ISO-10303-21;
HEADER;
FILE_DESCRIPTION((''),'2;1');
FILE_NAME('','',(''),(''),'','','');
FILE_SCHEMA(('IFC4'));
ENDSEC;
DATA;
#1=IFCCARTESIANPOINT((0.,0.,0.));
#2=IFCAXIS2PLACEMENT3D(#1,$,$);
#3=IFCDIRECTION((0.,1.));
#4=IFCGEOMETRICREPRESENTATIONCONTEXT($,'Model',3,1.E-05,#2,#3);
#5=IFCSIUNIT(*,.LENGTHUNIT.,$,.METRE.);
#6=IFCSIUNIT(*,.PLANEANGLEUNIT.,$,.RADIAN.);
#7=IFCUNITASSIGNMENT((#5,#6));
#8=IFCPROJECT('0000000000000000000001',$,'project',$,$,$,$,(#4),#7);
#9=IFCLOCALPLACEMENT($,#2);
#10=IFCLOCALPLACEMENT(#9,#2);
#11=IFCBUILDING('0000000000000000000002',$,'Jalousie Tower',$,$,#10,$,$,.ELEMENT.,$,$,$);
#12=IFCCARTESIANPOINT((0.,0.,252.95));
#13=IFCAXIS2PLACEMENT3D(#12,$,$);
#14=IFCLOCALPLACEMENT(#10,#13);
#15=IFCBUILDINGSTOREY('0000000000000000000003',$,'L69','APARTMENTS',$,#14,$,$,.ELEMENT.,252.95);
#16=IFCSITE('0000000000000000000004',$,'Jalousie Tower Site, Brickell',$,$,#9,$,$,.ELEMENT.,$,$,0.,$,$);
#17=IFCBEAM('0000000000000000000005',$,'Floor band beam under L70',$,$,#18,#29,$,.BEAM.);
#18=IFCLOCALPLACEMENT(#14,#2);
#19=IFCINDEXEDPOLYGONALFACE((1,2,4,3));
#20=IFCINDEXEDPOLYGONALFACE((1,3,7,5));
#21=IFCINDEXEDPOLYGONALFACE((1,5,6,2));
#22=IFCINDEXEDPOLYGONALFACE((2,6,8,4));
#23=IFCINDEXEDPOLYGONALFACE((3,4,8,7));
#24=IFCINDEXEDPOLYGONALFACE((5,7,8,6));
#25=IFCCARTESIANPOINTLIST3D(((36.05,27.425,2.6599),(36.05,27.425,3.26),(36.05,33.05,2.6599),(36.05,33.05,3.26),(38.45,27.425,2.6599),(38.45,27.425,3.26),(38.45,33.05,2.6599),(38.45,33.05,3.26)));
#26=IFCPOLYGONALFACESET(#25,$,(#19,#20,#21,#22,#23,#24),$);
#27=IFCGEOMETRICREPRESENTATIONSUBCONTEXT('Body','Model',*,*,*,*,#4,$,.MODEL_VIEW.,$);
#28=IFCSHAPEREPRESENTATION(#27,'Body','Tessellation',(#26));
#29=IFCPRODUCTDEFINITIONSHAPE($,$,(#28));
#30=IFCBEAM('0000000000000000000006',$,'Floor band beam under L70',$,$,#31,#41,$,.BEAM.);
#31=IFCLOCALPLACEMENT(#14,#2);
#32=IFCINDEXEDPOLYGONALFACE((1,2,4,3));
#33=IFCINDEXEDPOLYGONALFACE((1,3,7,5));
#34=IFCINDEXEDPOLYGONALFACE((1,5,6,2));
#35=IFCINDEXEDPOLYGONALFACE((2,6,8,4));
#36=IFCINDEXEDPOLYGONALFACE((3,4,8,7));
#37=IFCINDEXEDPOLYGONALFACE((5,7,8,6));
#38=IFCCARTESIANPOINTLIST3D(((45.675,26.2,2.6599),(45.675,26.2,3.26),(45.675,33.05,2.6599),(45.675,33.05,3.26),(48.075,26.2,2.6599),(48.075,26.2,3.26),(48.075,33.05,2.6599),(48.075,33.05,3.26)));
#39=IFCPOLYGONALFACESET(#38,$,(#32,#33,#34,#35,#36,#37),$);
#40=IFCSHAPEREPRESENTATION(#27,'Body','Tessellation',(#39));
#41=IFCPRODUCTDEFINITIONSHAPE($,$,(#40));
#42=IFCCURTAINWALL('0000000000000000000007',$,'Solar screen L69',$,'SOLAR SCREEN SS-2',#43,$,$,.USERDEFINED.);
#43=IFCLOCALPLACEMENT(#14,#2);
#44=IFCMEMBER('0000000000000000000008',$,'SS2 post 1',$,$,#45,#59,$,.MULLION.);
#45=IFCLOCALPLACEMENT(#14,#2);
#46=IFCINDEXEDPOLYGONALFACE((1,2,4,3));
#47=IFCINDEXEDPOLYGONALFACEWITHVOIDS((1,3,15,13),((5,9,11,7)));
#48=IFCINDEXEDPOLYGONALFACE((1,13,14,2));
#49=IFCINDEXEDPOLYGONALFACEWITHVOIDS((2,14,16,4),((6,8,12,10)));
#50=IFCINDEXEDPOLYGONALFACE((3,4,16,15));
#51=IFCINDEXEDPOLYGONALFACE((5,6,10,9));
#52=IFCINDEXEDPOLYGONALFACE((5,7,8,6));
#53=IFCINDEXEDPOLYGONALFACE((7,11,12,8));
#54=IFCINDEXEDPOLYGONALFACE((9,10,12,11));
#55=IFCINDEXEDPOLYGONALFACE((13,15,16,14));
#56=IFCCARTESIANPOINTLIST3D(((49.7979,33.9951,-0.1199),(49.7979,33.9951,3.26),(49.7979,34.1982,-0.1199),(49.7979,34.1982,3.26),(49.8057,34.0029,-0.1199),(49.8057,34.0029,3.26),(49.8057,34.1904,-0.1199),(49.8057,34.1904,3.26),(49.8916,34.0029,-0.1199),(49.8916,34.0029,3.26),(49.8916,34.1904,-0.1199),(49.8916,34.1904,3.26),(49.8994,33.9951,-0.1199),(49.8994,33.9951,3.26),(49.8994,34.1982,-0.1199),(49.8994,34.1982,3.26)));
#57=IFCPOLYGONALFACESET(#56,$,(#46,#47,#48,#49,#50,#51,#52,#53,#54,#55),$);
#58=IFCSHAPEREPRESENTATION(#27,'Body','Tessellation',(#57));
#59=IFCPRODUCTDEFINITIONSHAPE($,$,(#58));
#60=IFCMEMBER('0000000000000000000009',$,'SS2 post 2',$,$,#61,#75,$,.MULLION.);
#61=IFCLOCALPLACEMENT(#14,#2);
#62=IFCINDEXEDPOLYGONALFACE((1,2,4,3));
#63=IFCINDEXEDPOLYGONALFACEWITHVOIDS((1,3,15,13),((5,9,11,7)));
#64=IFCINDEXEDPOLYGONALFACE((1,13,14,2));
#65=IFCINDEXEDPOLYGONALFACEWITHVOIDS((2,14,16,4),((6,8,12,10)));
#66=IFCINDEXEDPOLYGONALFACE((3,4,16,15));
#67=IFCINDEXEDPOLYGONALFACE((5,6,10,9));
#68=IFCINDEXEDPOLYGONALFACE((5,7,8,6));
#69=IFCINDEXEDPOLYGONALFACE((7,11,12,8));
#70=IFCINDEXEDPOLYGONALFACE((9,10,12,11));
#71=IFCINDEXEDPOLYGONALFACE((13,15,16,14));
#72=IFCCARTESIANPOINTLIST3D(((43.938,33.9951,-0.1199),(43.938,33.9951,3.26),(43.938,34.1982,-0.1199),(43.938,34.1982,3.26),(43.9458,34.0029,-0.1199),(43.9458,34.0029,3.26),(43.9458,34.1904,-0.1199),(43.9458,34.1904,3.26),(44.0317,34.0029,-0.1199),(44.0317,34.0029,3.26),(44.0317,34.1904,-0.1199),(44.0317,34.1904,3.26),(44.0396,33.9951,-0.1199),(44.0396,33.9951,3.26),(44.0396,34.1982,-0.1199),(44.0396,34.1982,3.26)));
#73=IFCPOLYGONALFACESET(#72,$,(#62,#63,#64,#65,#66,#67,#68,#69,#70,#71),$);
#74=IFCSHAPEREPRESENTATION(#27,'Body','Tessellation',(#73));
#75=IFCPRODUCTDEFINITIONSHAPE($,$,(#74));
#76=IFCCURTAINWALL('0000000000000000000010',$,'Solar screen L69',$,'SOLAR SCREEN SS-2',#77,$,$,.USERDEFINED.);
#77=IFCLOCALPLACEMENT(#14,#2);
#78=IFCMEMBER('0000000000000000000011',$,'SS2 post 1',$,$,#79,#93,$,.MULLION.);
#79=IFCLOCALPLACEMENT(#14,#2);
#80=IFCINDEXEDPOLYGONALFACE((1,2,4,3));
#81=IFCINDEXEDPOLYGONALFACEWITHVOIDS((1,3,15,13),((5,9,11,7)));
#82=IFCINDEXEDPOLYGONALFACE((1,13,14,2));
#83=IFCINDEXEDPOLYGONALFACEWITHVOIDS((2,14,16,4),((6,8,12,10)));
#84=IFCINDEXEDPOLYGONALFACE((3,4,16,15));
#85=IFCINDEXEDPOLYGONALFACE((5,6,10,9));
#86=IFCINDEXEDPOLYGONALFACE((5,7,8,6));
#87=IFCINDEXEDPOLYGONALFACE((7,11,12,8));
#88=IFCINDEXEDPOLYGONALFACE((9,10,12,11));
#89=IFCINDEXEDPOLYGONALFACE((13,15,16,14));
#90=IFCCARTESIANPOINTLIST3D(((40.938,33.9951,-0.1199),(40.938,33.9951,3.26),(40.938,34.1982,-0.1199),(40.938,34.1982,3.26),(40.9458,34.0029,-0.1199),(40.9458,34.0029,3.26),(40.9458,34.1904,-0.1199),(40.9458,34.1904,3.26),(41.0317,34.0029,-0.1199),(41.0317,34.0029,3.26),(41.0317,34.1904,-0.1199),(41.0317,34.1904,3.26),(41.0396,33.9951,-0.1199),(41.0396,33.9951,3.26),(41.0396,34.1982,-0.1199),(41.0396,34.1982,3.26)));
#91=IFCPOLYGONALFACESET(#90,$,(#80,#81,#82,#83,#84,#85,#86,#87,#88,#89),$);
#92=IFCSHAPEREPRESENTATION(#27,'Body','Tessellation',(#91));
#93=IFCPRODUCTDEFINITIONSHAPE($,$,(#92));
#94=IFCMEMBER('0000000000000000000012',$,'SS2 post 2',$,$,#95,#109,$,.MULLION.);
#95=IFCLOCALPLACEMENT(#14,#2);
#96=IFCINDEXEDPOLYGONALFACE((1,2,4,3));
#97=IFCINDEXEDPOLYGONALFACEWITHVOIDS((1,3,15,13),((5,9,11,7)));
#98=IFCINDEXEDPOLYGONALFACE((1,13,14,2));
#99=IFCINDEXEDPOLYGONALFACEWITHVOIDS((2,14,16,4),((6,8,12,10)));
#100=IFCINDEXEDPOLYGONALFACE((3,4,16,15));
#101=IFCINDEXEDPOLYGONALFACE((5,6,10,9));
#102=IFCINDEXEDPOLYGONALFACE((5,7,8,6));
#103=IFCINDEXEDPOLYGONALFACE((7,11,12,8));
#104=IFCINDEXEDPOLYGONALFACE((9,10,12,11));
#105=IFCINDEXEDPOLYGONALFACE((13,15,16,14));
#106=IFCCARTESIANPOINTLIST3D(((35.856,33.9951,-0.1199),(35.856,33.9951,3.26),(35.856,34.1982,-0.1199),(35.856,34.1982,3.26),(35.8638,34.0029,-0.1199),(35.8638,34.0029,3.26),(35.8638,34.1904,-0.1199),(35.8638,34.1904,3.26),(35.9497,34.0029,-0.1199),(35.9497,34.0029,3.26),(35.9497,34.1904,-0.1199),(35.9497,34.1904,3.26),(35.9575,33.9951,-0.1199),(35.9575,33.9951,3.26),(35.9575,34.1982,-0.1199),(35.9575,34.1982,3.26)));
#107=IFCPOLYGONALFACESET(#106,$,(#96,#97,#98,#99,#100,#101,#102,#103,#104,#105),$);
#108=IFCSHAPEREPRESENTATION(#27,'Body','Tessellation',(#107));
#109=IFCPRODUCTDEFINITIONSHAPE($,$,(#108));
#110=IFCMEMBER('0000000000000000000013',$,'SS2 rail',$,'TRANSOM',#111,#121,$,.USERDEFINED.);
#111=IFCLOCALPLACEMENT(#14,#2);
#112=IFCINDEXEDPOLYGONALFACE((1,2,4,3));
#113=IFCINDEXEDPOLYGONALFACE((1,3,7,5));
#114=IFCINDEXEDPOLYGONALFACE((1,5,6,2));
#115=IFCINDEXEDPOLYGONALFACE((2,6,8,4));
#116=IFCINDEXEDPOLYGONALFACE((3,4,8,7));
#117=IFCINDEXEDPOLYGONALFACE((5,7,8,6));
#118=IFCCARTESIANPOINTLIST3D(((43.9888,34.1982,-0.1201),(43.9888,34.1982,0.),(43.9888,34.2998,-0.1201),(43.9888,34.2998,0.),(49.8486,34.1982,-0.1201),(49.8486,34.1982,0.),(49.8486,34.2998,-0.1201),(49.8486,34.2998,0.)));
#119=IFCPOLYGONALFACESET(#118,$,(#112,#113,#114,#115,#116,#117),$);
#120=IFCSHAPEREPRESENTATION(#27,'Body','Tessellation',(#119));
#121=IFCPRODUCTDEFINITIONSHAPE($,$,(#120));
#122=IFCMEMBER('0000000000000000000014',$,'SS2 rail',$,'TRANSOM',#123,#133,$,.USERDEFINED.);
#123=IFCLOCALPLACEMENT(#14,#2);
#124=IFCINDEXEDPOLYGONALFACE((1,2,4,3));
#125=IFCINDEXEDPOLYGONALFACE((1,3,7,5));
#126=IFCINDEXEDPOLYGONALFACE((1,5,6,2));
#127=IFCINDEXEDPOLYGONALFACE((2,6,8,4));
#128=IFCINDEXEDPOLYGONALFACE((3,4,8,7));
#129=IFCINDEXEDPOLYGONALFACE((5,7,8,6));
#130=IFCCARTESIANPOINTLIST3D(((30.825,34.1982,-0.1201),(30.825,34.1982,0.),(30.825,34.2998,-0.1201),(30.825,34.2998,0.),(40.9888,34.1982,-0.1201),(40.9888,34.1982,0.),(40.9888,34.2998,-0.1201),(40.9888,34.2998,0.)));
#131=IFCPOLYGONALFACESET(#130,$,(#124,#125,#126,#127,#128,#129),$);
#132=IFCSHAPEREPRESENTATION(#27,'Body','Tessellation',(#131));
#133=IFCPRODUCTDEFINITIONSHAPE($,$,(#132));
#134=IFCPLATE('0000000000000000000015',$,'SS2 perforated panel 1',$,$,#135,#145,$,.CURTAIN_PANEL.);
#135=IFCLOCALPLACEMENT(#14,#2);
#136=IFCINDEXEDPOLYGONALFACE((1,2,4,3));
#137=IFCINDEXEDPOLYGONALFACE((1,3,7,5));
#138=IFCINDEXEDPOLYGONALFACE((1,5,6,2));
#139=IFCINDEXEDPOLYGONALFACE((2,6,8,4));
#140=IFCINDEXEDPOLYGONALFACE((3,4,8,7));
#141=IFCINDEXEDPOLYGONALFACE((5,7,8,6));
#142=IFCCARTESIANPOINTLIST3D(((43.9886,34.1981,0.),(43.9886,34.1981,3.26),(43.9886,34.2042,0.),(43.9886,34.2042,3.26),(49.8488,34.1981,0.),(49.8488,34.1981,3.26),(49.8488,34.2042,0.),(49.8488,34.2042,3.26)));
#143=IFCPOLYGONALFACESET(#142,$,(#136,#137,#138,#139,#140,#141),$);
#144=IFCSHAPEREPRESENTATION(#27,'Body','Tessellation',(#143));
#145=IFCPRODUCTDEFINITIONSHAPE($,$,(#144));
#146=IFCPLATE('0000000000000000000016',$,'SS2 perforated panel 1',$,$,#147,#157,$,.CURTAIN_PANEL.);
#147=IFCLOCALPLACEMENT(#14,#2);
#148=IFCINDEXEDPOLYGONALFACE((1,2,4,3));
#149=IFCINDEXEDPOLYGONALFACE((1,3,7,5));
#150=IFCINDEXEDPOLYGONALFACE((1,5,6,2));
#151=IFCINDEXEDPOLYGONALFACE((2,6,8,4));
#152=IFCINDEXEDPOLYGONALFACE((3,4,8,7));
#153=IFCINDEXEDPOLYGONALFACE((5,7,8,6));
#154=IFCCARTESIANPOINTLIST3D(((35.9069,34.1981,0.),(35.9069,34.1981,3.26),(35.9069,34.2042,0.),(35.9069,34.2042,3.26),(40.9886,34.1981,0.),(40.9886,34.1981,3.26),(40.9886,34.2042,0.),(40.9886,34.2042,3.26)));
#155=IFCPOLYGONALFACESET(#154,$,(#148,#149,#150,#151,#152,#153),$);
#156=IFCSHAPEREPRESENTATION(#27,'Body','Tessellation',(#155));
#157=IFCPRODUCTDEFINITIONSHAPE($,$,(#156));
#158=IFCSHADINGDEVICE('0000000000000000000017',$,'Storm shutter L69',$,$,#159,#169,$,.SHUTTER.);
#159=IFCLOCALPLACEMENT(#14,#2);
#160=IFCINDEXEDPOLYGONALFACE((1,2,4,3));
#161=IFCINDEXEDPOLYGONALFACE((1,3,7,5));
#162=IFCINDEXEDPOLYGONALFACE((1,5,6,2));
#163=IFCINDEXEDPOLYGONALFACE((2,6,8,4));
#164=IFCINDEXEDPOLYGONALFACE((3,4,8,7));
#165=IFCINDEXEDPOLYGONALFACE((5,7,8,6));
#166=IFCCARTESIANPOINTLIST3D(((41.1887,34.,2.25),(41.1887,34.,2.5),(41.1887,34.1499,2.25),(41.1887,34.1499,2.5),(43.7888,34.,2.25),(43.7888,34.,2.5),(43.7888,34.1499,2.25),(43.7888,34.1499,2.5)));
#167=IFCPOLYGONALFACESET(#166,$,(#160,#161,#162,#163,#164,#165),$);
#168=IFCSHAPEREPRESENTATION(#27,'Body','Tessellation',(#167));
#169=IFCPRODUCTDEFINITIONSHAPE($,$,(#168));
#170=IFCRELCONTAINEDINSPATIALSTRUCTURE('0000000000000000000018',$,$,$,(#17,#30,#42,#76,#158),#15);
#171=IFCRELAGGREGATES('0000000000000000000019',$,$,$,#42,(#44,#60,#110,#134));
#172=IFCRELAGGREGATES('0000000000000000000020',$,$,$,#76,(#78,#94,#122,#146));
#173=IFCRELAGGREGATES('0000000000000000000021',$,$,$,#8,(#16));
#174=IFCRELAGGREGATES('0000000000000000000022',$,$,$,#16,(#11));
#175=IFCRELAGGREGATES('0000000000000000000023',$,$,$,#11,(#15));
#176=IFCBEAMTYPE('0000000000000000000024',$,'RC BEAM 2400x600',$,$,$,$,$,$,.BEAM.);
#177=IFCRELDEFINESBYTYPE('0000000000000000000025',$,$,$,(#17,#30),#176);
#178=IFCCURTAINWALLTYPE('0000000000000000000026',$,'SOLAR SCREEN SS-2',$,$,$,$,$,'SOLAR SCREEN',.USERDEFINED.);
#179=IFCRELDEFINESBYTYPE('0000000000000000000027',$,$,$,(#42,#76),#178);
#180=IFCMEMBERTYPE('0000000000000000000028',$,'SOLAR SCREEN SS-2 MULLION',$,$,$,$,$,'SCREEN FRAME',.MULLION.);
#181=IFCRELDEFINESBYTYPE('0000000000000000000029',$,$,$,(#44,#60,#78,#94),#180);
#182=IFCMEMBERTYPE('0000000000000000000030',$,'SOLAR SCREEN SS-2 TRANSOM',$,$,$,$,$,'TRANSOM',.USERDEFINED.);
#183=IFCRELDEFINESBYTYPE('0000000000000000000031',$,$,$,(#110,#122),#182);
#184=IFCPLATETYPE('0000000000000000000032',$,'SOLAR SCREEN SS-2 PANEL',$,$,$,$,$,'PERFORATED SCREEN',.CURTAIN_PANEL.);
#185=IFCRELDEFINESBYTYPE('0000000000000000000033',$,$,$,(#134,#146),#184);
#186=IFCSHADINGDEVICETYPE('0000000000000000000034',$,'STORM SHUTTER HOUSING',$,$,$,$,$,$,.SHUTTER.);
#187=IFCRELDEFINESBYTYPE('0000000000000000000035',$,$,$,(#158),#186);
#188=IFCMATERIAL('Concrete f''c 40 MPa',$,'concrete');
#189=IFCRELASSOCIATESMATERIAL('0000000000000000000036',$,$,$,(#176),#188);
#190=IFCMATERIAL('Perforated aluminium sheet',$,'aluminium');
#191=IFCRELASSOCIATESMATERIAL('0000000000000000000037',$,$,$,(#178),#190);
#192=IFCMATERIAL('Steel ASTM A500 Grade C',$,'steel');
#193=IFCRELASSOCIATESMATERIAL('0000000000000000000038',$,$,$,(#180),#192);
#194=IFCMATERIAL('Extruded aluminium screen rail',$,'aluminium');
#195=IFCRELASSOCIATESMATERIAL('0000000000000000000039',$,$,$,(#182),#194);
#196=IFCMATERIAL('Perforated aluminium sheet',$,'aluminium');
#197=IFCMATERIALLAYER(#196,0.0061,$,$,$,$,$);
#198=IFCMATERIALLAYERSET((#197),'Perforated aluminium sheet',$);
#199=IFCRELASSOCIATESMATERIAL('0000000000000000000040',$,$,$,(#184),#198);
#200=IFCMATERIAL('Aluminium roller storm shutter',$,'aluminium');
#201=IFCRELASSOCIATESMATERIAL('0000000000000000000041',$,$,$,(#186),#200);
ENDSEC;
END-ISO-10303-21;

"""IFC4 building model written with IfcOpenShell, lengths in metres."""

from ifc_helpers import new_model, si_unit, direction, frame, origin, origin_2d, place, context, subcontext, project, spatial, rectangle, hollow_rectangle, extrude, material, layer, layer_set, material_profile, profile_set, type_object, element, aggregate, save


model = new_model("IFC4")

# Units and contexts
model_context = context("Model", 3, precision=1e-05, world=origin(), true_north=direction((0.0, 1.0)))
body_context = subcontext(model_context, "Body", "Model", "MODEL_VIEW")
ifc_project = project(units=[si_unit("LENGTHUNIT", "METRE"), si_unit("PLANEANGLEUNIT", "RADIAN")], contexts=[model_context])

# Site, building, storey
site_placement = place(None, origin())
site = spatial("IfcSite", under=ifc_project, at=site_placement, Name="Jalousie Tower Site, Brickell", CompositionType="ELEMENT", RefElevation=0.0)
building_placement = place(site_placement, origin())
building = spatial("IfcBuilding", under=site, at=building_placement, Name="Jalousie Tower", CompositionType="ELEMENT")
storey_placement = place(building_placement, frame((0.0, 0.0, 252.95)))
storey = spatial("IfcBuildingStorey", under=building, at=storey_placement, Name="L69", Description="APARTMENTS", CompositionType="ELEMENT", Elevation=252.95)

# Beams
ifc_material_1 = material(Name="Concrete f'c 40 MPa", Category="concrete")
ifc_material_profile_1 = material_profile(ifc_material_1, rectangle(XDim=2.3999, YDim=0.6001, at=origin_2d()), Name="RC 2400x600")
ifc_profile_set_1 = profile_set([ifc_material_profile_1], Name="Concrete f'c 40 MPa")
beam_type_1 = type_object("IfcBeamType", Name="RC BEAM 2400x600", PredefinedType="BEAM", material=ifc_profile_set_1)
beam_1_placement = place(storey_placement, frame((37.25, 33.05, 2.96), z_axis=(0.0, -1.0, 0.0), x_axis=(1.0, 0.0, 0.0)))
element("IfcBeam", 1, at=beam_1_placement, inside=storey, type_object=beam_type_1, Name="Floor band beam under L70", PredefinedType="BEAM", context=body_context, shape_type="SweptSolid", body=[
    extrude(rectangle(XDim=2.3999, YDim=0.6001, at=origin_2d()), origin(), (0.0, 0.0, 1.0), 5.625),
])
beam_2_placement = place(storey_placement, frame((46.875, 33.05, 2.96), z_axis=(0.0, -1.0, 0.0), x_axis=(1.0, 0.0, 0.0)))
element("IfcBeam", 2, at=beam_2_placement, inside=storey, type_object=beam_type_1, Name="Floor band beam under L70", PredefinedType="BEAM", context=body_context, shape_type="SweptSolid", body=[
    extrude(rectangle(XDim=2.3999, YDim=0.6001, at=origin_2d()), origin(), (0.0, 0.0, 1.0), 6.8501),
])

# Curtain walls, members
ifc_material_2 = material(Name="Perforated aluminium sheet", Category="aluminium")
curtain_wall_type = type_object("IfcCurtainWallType", Name="SOLAR SCREEN SS-2", ElementType="SOLAR SCREEN", PredefinedType="USERDEFINED", material=ifc_material_2)
curtain_wall_1_placement = place(storey_placement, origin())
curtain_wall_1 = element("IfcCurtainWall", 3, at=curtain_wall_1_placement, inside=storey, type_object=curtain_wall_type, Name="Solar screen L69", ObjectType="SOLAR SCREEN SS-2", PredefinedType="USERDEFINED")
ifc_material_3 = material(Name="Steel ASTM A500 Grade C", Category="steel")
ifc_material_profile_2 = material_profile(ifc_material_3, hollow_rectangle(XDim=0.1016, YDim=0.2031, WallThickness=0.0078, at=origin_2d()), Name="HSS8X4X5/16")
ifc_profile_set_2 = profile_set([ifc_material_profile_2], Name="Steel ASTM A500 Grade C")
member_type_1 = type_object("IfcMemberType", Name="SOLAR SCREEN SS-2 MULLION", ElementType="SCREEN FRAME", PredefinedType="MULLION", material=ifc_profile_set_2)
member_1_placement = place(storey_placement, frame((49.8486, 34.0967, -0.1199), z_axis=(0.0, 0.0, 1.0), x_axis=(-1.0, 0.0, 0.0)))
member_1 = element("IfcMember", 4, at=member_1_placement, type_object=member_type_1, Name="SS2 post 1", PredefinedType="MULLION", context=body_context, shape_type="SweptSolid", body=[
    extrude(hollow_rectangle(XDim=0.1016, YDim=0.2031, WallThickness=0.0078, at=origin_2d()), origin(), (0.0, 0.0, 1.0), 3.3799),
])
member_2_placement = place(storey_placement, frame((43.9888, 34.0967, -0.1199), z_axis=(0.0, 0.0, 1.0), x_axis=(-1.0, 0.0, 0.0)))
member_2 = element("IfcMember", 5, at=member_2_placement, type_object=member_type_1, Name="SS2 post 2", PredefinedType="MULLION", context=body_context, shape_type="SweptSolid", body=[
    extrude(hollow_rectangle(XDim=0.1016, YDim=0.2031, WallThickness=0.0078, at=origin_2d()), origin(), (0.0, 0.0, 1.0), 3.3799),
])
curtain_wall_2_placement = place(storey_placement, origin())
curtain_wall_2 = element("IfcCurtainWall", 6, at=curtain_wall_2_placement, inside=storey, type_object=curtain_wall_type, Name="Solar screen L69", ObjectType="SOLAR SCREEN SS-2", PredefinedType="USERDEFINED")
member_3_placement = place(storey_placement, frame((40.9888, 34.0967, -0.1199), z_axis=(0.0, 0.0, 1.0), x_axis=(-1.0, 0.0, 0.0)))
member_3 = element("IfcMember", 7, at=member_3_placement, type_object=member_type_1, Name="SS2 post 1", PredefinedType="MULLION", context=body_context, shape_type="SweptSolid", body=[
    extrude(hollow_rectangle(XDim=0.1016, YDim=0.2031, WallThickness=0.0078, at=origin_2d()), origin(), (0.0, 0.0, 1.0), 3.3799),
])
member_4_placement = place(storey_placement, frame((35.9067, 34.0967, -0.1199), z_axis=(0.0, 0.0, 1.0), x_axis=(-1.0, 0.0, 0.0)))
member_4 = element("IfcMember", 8, at=member_4_placement, type_object=member_type_1, Name="SS2 post 2", PredefinedType="MULLION", context=body_context, shape_type="SweptSolid", body=[
    extrude(hollow_rectangle(XDim=0.1016, YDim=0.2031, WallThickness=0.0078, at=origin_2d()), origin(), (0.0, 0.0, 1.0), 3.3799),
])

# Members
ifc_material_4 = material(Name="Extruded aluminium screen rail", Category="aluminium")
ifc_material_profile_3 = material_profile(ifc_material_4, rectangle(XDim=0.1016, YDim=0.1201, at=origin_2d()), Name="RAIL 102x120")
ifc_profile_set_3 = profile_set([ifc_material_profile_3], Name="Extruded aluminium screen rail")
member_type_2 = type_object("IfcMemberType", Name="SOLAR SCREEN SS-2 TRANSOM", ElementType="TRANSOM", PredefinedType="USERDEFINED", material=ifc_profile_set_3)
member_5_placement = place(storey_placement, frame((49.8486, 34.249, -0.0601), z_axis=(-1.0, 0.0, 0.0), x_axis=(0.0, -1.0, 0.0)))
member_5 = element("IfcMember", 9, at=member_5_placement, type_object=member_type_2, Name="SS2 rail", ObjectType="TRANSOM", PredefinedType="USERDEFINED", context=body_context, shape_type="SweptSolid", body=[
    extrude(rectangle(XDim=0.1016, YDim=0.1201, at=origin_2d()), origin(), (0.0, 0.0, 1.0), 5.8599),
])
member_6_placement = place(storey_placement, frame((40.9888, 34.249, -0.0601), z_axis=(-1.0, 0.0, 0.0), x_axis=(0.0, -1.0, 0.0)))
member_6 = element("IfcMember", 10, at=member_6_placement, type_object=member_type_2, Name="SS2 rail", ObjectType="TRANSOM", PredefinedType="USERDEFINED", context=body_context, shape_type="SweptSolid", body=[
    extrude(rectangle(XDim=0.1016, YDim=0.1201, at=origin_2d()), origin(), (0.0, 0.0, 1.0), 10.1638),
])

# Plates
ifc_material_5 = material(Name="Perforated aluminium sheet", Category="aluminium")
ifc_layer = layer(ifc_material_5, 0.0061)
ifc_layer_set = layer_set([ifc_layer], Name="Perforated aluminium sheet")
plate_type = type_object("IfcPlateType", Name="SOLAR SCREEN SS-2 PANEL", ElementType="PERFORATED SCREEN", PredefinedType="CURTAIN_PANEL", material=ifc_layer_set)
plate_1_placement = place(storey_placement, frame((46.9187, 34.2012, 0.0), z_axis=(0.0, 0.0, 1.0), x_axis=(-1.0, 0.0, 0.0)))
plate_1 = element("IfcPlate", 11, at=plate_1_placement, type_object=plate_type, Name="SS2 perforated panel 1", PredefinedType="CURTAIN_PANEL", context=body_context, shape_type="SweptSolid", body=[
    extrude(rectangle(XDim=5.8601, YDim=0.0061, at=origin_2d()), origin(), (0.0, 0.0, 1.0), 3.26),
])
aggregate(curtain_wall_1, [member_1, member_2, member_5, plate_1])
plate_2_placement = place(storey_placement, frame((38.4478, 34.2012, 0.0), z_axis=(0.0, 0.0, 1.0), x_axis=(-1.0, 0.0, 0.0)))
plate_2 = element("IfcPlate", 12, at=plate_2_placement, type_object=plate_type, Name="SS2 perforated panel 1", PredefinedType="CURTAIN_PANEL", context=body_context, shape_type="SweptSolid", body=[
    extrude(rectangle(XDim=5.0818, YDim=0.0061, at=origin_2d()), origin(), (0.0, 0.0, 1.0), 3.26),
])
aggregate(curtain_wall_2, [member_3, member_4, member_6, plate_2])

# Shading device
ifc_material_6 = material(Name="Aluminium roller storm shutter", Category="aluminium")
shading_device_type = type_object("IfcShadingDeviceType", Name="STORM SHUTTER HOUSING", PredefinedType="SHUTTER", material=ifc_material_6)
shading_device_placement = place(storey_placement, frame((42.4888, 34.075, 2.25), z_axis=(0.0, 0.0, 1.0), x_axis=(-1.0, 0.0, 0.0)))
element("IfcShadingDevice", 13, at=shading_device_placement, inside=storey, type_object=shading_device_type, Name="Storm shutter L69", PredefinedType="SHUTTER", context=body_context, shape_type="SweptSolid", body=[
    extrude(rectangle(XDim=2.6001, YDim=0.1499, at=origin_2d()), origin(), (0.0, 0.0, 1.0), 0.25),
])

save(model, "model.ifc")
